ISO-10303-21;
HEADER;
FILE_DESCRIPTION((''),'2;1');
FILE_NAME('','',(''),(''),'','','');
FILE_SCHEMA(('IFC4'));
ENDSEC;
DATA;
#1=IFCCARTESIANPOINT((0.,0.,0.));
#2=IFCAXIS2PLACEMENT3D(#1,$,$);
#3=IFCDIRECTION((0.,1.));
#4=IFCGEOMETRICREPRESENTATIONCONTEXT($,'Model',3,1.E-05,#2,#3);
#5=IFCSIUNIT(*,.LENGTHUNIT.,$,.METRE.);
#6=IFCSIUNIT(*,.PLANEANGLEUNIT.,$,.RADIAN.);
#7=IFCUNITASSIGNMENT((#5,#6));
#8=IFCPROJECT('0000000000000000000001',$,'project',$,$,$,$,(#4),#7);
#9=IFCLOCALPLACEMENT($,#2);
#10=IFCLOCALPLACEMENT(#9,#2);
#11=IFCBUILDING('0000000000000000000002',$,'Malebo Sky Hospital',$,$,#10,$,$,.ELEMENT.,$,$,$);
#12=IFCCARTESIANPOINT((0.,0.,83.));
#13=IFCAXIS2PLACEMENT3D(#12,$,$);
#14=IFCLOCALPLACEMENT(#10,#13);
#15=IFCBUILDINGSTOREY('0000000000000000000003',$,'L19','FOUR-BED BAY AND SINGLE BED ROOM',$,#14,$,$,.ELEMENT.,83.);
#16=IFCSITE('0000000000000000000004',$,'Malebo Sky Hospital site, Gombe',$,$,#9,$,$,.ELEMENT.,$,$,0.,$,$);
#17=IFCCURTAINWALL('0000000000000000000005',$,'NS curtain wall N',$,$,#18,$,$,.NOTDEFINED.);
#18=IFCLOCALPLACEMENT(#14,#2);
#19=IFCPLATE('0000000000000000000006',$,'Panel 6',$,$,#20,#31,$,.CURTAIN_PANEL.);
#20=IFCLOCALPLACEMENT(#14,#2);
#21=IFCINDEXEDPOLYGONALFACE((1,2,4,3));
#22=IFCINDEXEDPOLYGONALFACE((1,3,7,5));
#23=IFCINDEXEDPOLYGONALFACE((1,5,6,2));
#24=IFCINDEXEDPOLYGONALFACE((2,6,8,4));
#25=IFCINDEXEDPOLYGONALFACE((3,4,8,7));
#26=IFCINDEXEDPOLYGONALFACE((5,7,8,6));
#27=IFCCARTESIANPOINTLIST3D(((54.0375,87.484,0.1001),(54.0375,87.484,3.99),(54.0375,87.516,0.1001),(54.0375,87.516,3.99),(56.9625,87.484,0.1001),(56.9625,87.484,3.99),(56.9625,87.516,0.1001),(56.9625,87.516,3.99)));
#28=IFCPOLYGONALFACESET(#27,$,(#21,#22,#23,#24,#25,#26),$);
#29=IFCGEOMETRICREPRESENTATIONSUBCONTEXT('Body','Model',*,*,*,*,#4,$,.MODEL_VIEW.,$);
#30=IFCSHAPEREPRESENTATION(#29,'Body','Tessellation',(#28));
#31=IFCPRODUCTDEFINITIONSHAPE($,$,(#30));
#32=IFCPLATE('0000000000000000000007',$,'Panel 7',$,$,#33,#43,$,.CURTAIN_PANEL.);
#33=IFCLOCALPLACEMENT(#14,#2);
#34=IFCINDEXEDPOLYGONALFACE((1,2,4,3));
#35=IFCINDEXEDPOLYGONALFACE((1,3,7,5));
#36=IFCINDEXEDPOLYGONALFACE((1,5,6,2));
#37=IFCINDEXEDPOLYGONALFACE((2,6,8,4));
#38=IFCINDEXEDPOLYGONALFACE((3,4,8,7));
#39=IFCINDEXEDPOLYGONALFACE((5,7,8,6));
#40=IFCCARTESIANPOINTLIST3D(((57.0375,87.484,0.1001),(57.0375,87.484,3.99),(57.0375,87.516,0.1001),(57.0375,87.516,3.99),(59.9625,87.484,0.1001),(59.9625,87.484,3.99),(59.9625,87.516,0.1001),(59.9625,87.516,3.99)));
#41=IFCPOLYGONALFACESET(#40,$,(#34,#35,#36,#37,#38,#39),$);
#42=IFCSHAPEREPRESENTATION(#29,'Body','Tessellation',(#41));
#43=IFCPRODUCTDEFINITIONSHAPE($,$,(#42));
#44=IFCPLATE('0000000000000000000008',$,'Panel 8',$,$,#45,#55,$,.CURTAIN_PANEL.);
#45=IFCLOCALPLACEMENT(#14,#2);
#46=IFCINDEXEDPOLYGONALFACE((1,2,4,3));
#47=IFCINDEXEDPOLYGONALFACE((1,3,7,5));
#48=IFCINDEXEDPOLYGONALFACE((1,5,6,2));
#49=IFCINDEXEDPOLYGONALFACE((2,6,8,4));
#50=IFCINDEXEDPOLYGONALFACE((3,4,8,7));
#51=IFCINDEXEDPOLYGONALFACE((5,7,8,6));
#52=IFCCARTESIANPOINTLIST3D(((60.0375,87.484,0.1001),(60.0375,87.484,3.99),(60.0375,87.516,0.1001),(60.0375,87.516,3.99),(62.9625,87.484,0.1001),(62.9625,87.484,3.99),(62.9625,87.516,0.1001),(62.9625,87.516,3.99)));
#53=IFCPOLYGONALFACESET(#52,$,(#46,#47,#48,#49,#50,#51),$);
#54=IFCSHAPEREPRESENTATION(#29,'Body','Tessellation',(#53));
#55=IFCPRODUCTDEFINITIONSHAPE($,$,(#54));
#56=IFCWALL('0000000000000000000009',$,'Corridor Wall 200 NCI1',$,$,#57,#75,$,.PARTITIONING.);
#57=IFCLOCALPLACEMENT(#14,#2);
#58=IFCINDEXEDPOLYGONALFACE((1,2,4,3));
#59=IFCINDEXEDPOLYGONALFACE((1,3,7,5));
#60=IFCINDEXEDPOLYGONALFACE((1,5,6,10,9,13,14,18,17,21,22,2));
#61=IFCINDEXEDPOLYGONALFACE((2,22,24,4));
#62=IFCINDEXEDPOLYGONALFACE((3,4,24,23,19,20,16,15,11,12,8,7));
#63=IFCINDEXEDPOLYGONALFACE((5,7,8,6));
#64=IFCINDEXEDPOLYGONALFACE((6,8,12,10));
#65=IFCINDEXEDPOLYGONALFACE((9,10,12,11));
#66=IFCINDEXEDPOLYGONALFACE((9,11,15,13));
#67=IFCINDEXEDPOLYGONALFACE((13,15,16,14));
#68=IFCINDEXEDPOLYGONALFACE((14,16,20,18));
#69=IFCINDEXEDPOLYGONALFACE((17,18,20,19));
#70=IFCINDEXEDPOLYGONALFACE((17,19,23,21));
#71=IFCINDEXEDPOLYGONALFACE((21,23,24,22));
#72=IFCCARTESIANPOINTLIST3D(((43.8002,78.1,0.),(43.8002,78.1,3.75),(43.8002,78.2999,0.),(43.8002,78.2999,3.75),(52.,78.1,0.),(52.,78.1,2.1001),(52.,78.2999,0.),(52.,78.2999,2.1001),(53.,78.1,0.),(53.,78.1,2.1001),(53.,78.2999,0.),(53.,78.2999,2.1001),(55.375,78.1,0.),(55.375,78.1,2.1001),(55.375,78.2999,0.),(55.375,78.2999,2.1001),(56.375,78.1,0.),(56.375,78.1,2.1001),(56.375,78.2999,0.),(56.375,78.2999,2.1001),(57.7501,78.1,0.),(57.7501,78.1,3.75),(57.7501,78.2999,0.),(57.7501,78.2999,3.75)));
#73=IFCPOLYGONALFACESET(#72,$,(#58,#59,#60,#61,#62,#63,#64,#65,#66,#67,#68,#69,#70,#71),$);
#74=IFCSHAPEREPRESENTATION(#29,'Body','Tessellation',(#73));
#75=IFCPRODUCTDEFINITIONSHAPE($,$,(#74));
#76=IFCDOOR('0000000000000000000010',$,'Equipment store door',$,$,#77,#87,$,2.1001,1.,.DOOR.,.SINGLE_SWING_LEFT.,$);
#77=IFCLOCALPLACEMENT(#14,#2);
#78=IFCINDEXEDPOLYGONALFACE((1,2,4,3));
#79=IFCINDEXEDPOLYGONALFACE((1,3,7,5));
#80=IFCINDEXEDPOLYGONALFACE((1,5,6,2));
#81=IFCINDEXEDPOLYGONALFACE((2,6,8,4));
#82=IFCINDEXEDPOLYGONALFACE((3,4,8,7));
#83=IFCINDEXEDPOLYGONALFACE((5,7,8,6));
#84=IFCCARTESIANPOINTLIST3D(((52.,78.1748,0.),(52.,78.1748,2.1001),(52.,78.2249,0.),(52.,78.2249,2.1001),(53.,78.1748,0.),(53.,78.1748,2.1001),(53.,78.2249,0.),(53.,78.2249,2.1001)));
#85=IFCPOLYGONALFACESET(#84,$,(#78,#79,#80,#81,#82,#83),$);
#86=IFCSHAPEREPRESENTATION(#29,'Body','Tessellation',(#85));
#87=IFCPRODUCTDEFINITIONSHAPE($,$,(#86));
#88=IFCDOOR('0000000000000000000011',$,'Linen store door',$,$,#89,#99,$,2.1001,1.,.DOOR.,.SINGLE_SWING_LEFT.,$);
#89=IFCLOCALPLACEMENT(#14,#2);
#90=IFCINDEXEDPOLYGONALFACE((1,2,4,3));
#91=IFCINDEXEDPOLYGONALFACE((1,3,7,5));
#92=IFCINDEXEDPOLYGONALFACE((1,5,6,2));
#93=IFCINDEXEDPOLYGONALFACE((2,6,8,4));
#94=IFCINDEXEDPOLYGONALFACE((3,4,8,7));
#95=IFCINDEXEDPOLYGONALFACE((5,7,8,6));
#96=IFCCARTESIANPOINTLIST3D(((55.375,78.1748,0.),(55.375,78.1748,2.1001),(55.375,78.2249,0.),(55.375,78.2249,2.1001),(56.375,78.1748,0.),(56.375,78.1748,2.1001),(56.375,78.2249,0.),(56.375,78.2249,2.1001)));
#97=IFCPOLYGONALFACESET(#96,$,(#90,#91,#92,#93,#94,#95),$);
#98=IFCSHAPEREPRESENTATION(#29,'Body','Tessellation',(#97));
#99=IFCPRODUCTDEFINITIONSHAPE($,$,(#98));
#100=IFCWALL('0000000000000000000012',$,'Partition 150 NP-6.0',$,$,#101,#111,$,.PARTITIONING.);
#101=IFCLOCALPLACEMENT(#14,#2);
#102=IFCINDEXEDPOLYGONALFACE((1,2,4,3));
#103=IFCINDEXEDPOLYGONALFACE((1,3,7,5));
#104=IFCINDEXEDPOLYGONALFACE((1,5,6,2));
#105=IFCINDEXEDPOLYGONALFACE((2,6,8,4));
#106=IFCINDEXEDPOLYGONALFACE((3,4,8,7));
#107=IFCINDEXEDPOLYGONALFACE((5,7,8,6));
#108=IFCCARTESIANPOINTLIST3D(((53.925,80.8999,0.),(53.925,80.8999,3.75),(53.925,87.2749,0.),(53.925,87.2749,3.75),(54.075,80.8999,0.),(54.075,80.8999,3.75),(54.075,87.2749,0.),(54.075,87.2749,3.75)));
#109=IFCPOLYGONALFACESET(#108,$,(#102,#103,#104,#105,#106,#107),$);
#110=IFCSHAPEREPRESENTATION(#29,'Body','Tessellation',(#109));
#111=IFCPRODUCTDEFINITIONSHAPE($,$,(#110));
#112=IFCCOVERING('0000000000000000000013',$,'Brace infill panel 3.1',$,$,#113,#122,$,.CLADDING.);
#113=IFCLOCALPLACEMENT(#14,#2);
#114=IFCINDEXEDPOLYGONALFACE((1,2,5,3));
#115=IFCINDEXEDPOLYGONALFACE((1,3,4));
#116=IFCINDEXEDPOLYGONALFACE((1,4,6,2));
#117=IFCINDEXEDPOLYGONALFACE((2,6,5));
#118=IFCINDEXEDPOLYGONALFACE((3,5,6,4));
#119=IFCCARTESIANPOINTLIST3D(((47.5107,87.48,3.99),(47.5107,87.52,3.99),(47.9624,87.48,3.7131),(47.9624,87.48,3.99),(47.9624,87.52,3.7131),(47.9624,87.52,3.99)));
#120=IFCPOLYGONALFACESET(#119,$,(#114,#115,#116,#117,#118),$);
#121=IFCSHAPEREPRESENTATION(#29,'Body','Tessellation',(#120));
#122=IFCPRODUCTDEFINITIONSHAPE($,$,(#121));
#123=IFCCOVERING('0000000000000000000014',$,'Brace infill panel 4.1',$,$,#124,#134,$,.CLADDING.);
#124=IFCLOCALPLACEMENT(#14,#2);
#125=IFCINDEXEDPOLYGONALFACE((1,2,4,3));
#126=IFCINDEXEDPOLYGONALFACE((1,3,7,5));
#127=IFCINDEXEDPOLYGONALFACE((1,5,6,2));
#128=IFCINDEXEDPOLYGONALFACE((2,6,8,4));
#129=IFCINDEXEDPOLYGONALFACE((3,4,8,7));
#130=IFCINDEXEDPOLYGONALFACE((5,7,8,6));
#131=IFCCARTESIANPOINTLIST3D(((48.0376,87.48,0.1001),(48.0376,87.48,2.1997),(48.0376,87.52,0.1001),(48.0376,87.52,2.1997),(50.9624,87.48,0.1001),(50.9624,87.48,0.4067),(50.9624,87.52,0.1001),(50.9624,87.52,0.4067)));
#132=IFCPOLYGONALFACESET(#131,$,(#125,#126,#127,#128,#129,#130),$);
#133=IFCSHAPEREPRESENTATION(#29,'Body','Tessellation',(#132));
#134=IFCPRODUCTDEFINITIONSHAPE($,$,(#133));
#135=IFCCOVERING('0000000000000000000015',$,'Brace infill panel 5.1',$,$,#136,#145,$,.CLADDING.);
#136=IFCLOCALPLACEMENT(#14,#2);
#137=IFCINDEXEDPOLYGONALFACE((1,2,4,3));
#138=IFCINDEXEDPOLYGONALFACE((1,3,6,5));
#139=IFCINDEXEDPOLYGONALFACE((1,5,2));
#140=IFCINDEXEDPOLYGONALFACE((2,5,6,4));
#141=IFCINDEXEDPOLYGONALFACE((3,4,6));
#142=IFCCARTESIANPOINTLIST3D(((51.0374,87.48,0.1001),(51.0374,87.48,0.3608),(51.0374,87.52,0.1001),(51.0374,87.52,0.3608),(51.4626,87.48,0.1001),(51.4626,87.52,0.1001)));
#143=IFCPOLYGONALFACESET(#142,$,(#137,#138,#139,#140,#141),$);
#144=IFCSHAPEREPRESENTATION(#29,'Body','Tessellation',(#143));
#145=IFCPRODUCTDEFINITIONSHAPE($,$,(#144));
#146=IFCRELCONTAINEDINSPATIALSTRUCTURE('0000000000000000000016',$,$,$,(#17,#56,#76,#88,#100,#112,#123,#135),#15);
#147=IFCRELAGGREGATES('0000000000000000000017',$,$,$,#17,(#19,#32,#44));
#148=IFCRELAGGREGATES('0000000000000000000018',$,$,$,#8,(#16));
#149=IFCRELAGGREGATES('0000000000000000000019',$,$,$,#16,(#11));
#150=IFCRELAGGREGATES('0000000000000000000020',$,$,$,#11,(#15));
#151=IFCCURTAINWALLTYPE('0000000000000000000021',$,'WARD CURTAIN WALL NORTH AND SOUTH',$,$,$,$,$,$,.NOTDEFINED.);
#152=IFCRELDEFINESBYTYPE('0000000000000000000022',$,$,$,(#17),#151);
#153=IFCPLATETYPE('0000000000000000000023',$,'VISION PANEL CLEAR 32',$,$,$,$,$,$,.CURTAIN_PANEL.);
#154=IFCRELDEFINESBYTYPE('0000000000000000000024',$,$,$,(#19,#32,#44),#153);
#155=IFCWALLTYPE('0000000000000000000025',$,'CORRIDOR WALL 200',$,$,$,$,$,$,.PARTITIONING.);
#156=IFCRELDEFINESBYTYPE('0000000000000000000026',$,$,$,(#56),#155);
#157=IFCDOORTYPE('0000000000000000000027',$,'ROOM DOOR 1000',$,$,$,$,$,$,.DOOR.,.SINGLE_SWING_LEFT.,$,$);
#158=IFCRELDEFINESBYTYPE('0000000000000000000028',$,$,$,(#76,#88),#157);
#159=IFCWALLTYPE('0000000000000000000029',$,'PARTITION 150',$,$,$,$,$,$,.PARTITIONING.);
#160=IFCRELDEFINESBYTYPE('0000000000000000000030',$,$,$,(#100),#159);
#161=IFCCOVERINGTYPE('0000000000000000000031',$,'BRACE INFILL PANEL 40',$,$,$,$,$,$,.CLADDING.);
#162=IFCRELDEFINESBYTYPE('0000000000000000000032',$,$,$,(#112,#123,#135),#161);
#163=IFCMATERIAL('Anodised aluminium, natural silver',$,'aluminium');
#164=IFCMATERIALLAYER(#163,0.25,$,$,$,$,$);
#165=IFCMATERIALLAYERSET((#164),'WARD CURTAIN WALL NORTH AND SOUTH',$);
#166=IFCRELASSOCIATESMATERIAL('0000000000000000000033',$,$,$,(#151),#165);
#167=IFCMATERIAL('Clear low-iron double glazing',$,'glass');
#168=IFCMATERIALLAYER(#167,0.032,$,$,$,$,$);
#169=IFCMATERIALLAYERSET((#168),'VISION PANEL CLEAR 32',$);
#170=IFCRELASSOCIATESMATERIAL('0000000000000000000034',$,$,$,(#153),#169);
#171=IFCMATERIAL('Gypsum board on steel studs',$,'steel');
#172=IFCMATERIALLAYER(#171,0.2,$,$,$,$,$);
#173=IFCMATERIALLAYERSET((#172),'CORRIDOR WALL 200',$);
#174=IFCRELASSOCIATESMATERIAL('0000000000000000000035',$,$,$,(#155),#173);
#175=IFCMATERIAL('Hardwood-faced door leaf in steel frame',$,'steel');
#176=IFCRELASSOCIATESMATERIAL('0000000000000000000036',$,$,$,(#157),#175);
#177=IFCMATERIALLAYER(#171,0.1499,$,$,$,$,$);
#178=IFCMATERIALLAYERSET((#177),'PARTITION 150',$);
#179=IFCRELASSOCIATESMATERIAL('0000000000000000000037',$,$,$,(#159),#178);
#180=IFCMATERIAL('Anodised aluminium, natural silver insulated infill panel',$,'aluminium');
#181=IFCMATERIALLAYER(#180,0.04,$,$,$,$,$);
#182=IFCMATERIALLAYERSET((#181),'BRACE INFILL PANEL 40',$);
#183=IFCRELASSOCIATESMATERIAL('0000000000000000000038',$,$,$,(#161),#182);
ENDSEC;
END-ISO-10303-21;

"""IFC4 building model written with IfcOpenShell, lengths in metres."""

from ifc_helpers import new_model, si_unit, direction, frame, frame_2d, origin, origin_2d, place, context, subcontext, project, spatial, polyline, rectangle, outline, extrude, material, layer, layer_set, type_object, element, fill, aggregate, save


model = new_model("IFC4")

# Units and contexts
model_context = context("Model", 3, precision=1e-05, world=origin(), true_north=direction((0.0, 1.0)))
body_context = subcontext(model_context, "Body", "Model", "MODEL_VIEW")
ifc_project = project(units=[si_unit("LENGTHUNIT", "METRE"), si_unit("PLANEANGLEUNIT", "RADIAN")], contexts=[model_context])

# Site, building, storey
site_placement = place(None, origin())
site = spatial("IfcSite", under=ifc_project, at=site_placement, Name="Malebo Sky Hospital site, Gombe", CompositionType="ELEMENT", RefElevation=0.0)
building_placement = place(site_placement, origin())
building = spatial("IfcBuilding", under=site, at=building_placement, Name="Malebo Sky Hospital", CompositionType="ELEMENT")
storey_placement = place(building_placement, frame((0.0, 0.0, 83.0)))
storey = spatial("IfcBuildingStorey", under=building, at=storey_placement, Name="L19", Description="FOUR-BED BAY AND SINGLE BED ROOM", CompositionType="ELEMENT", Elevation=83.0)

# Curtain wall
ifc_material_1 = material(Name="Anodised aluminium, natural silver", Category="aluminium")
ifc_layer_1 = layer(ifc_material_1, 0.25)
ifc_layer_set_1 = layer_set([ifc_layer_1], Name="WARD CURTAIN WALL NORTH AND SOUTH")
curtain_wall_type = type_object("IfcCurtainWallType", Name="WARD CURTAIN WALL NORTH AND SOUTH", PredefinedType="NOTDEFINED", material=ifc_layer_set_1)
curtain_wall_placement = place(storey_placement, origin())
curtain_wall = element("IfcCurtainWall", 1, at=curtain_wall_placement, inside=storey, type_object=curtain_wall_type, Name="NS curtain wall N", PredefinedType="NOTDEFINED")

# Plates
ifc_material_2 = material(Name="Clear low-iron double glazing", Category="glass")
ifc_layer_2 = layer(ifc_material_2, 0.032)
ifc_layer_set_2 = layer_set([ifc_layer_2], Name="VISION PANEL CLEAR 32")
plate_type = type_object("IfcPlateType", Name="VISION PANEL CLEAR 32", PredefinedType="CURTAIN_PANEL", material=ifc_layer_set_2)
plate_1_placement = place(storey_placement, frame((55.5, 87.5, 0.1001), z_axis=(0.0, 0.0, 1.0), x_axis=(1.0, 0.0, 0.0)))
plate_1 = element("IfcPlate", 2, at=plate_1_placement, type_object=plate_type, Name="Panel 6", PredefinedType="CURTAIN_PANEL", context=body_context, shape_type="SweptSolid", body=[
    extrude(rectangle(XDim=2.925, YDim=0.032, at=origin_2d()), origin(), (0.0, 0.0, 1.0), 3.8899),
])
plate_2_placement = place(storey_placement, frame((58.5, 87.5, 0.1001), z_axis=(0.0, 0.0, 1.0), x_axis=(1.0, 0.0, 0.0)))
plate_2 = element("IfcPlate", 3, at=plate_2_placement, type_object=plate_type, Name="Panel 7", PredefinedType="CURTAIN_PANEL", context=body_context, shape_type="SweptSolid", body=[
    extrude(rectangle(XDim=2.925, YDim=0.032, at=origin_2d()), origin(), (0.0, 0.0, 1.0), 3.8899),
])
plate_3_placement = place(storey_placement, frame((61.5, 87.5, 0.1001), z_axis=(0.0, 0.0, 1.0), x_axis=(1.0, 0.0, 0.0)))
plate_3 = element("IfcPlate", 4, at=plate_3_placement, type_object=plate_type, Name="Panel 8", PredefinedType="CURTAIN_PANEL", context=body_context, shape_type="SweptSolid", body=[
    extrude(rectangle(XDim=2.925, YDim=0.032, at=origin_2d()), origin(), (0.0, 0.0, 1.0), 3.8899),
])
aggregate(curtain_wall, [plate_1, plate_2, plate_3])

# Wall, openings, doors
ifc_material_3 = material(Name="Gypsum board on steel studs", Category="steel")
ifc_layer_3 = layer(ifc_material_3, 0.2)
ifc_layer_set_3 = layer_set([ifc_layer_3], Name="CORRIDOR WALL 200")
wall_type_1 = type_object("IfcWallType", Name="CORRIDOR WALL 200", PredefinedType="PARTITIONING", material=ifc_layer_set_3)
wall_1_placement = place(storey_placement, frame((43.8, 78.2, 0.0), z_axis=(0.0, 0.0, 1.0), x_axis=(1.0, 0.0, 0.0)))
wall_1 = element("IfcWall", 5, at=wall_1_placement, inside=storey, type_object=wall_type_1, Name="Corridor Wall 200 NCI1", PredefinedType="PARTITIONING", context=body_context, shape_type="SweptSolid", body=[
    extrude(rectangle(XDim=13.95, YDim=0.2, at=frame_2d((6.9751, 0.0))), origin(), (0.0, 0.0, 1.0), 3.75),
])
opening_1_placement = place(wall_1_placement, frame((8.2, 0.0, 0.0)))
opening_1 = element("IfcOpeningElement", 6, at=opening_1_placement, cuts=wall_1, PredefinedType="OPENING", context=body_context, shape_type="SweptSolid", body=[
    extrude(rectangle(XDim=1.0, YDim=2.1001, at=frame_2d((0.5, 1.05))), frame((0.0, 0.1099, 0.0), z_axis=(0.0, -1.0, 0.0), x_axis=(1.0, 0.0, 0.0)), (0.0, 0.0, 1.0), 0.22),
])
opening_2_placement = place(wall_1_placement, frame((11.575, 0.0, 0.0)))
opening_2 = element("IfcOpeningElement", 7, at=opening_2_placement, cuts=wall_1, PredefinedType="OPENING", context=body_context, shape_type="SweptSolid", body=[
    extrude(rectangle(XDim=1.0, YDim=2.1001, at=frame_2d((0.5, 1.05))), frame((0.0, 0.1099, 0.0), z_axis=(0.0, -1.0, 0.0), x_axis=(1.0, 0.0, 0.0)), (0.0, 0.0, 1.0), 0.22),
])
ifc_material_4 = material(Name="Hardwood-faced door leaf in steel frame", Category="steel")
door_type = type_object("IfcDoorType", Name="ROOM DOOR 1000", OperationType="SINGLE_SWING_LEFT", PredefinedType="DOOR", material=ifc_material_4)
door_1_placement = place(opening_1_placement, origin())
door_1 = element("IfcDoor", 8, at=door_1_placement, inside=storey, type_object=door_type, Name="Equipment store door", OperationType="SINGLE_SWING_LEFT", OverallHeight=2.1001, OverallWidth=1.0, PredefinedType="DOOR", context=body_context, shape_type="SweptSolid", body=[
    extrude(rectangle(XDim=1.0, YDim=2.1001, at=frame_2d((0.5, 1.05))), frame((0.0, 0.0249, 0.0), z_axis=(0.0, -1.0, 0.0), x_axis=(1.0, 0.0, 0.0)), (0.0, 0.0, 1.0), 0.05),
])
fill(opening_1, door_1)
door_2_placement = place(opening_2_placement, origin())
door_2 = element("IfcDoor", 9, at=door_2_placement, inside=storey, type_object=door_type, Name="Linen store door", OperationType="SINGLE_SWING_LEFT", OverallHeight=2.1001, OverallWidth=1.0, PredefinedType="DOOR", context=body_context, shape_type="SweptSolid", body=[
    extrude(rectangle(XDim=1.0, YDim=2.1001, at=frame_2d((0.5, 1.05))), frame((0.0, 0.0249, 0.0), z_axis=(0.0, -1.0, 0.0), x_axis=(1.0, 0.0, 0.0)), (0.0, 0.0, 1.0), 0.05),
])
fill(opening_2, door_2)

# Wall
ifc_layer_4 = layer(ifc_material_3, 0.1499)
ifc_layer_set_4 = layer_set([ifc_layer_4], Name="PARTITION 150")
wall_type_2 = type_object("IfcWallType", Name="PARTITION 150", PredefinedType="PARTITIONING", material=ifc_layer_set_4)
wall_2_placement = place(storey_placement, frame((54.0, 80.8999, 0.0), z_axis=(0.0, 0.0, 1.0), x_axis=(0.0, 1.0, 0.0)))
element("IfcWall", 10, at=wall_2_placement, inside=storey, type_object=wall_type_2, Name="Partition 150 NP-6.0", PredefinedType="PARTITIONING", context=body_context, shape_type="SweptSolid", body=[
    extrude(rectangle(XDim=6.375, YDim=0.1499, at=frame_2d((3.1875, 0.0))), origin(), (0.0, 0.0, 1.0), 3.75),
])

# Coverings
ifc_material_5 = material(Name="Anodised aluminium, natural silver insulated infill panel", Category="aluminium")
ifc_layer_5 = layer(ifc_material_5, 0.04)
ifc_layer_set_5 = layer_set([ifc_layer_5], Name="BRACE INFILL PANEL 40")
covering_type = type_object("IfcCoveringType", Name="BRACE INFILL PANEL 40", PredefinedType="CLADDING", material=ifc_layer_set_5)
covering_1_placement = place(storey_placement, frame((47.7366, 87.5, 3.7131), z_axis=(0.0, 0.0, 1.0), x_axis=(1.0, 0.0, 0.0)))
element("IfcCovering", 11, at=covering_1_placement, inside=storey, type_object=covering_type, Name="Brace infill panel 3.1", PredefinedType="CLADDING", context=body_context, shape_type="SweptSolid", body=[
    extrude(outline(polyline([(0.2258, 0.0), (0.2258, 0.2769), (-0.2258, 0.2769), (0.2258, 0.0)])), frame((0.0, 0.02, 0.0), z_axis=(0.0, -1.0, 0.0), x_axis=(1.0, 0.0, 0.0)), (0.0, 0.0, 1.0), 0.04),
])
covering_2_placement = place(storey_placement, frame((49.5, 87.5, 0.1001), z_axis=(0.0, 0.0, 1.0), x_axis=(1.0, 0.0, 0.0)))
element("IfcCovering", 12, at=covering_2_placement, inside=storey, type_object=covering_type, Name="Brace infill panel 4.1", PredefinedType="CLADDING", context=body_context, shape_type="SweptSolid", body=[
    extrude(outline(polyline([(-1.4624, 0.0), (1.4624, 0.0), (1.4624, 0.3066), (-1.4624, 2.0996), (-1.4624, 0.0)])), frame((0.0, 0.02, 0.0), z_axis=(0.0, -1.0, 0.0), x_axis=(1.0, 0.0, 0.0)), (0.0, 0.0, 1.0), 0.04),
])
covering_3_placement = place(storey_placement, frame((51.25, 87.5, 0.1001), z_axis=(0.0, 0.0, 1.0), x_axis=(1.0, 0.0, 0.0)))
element("IfcCovering", 13, at=covering_3_placement, inside=storey, type_object=covering_type, Name="Brace infill panel 5.1", PredefinedType="CLADDING", context=body_context, shape_type="SweptSolid", body=[
    extrude(outline(polyline([(-0.2126, 0.0), (0.2126, 0.0), (-0.2126, 0.2607), (-0.2126, 0.0)])), frame((0.0, 0.02, 0.0), z_axis=(0.0, -1.0, 0.0), x_axis=(1.0, 0.0, 0.0)), (0.0, 0.0, 1.0), 0.04),
])

save(model, "model.ifc")
